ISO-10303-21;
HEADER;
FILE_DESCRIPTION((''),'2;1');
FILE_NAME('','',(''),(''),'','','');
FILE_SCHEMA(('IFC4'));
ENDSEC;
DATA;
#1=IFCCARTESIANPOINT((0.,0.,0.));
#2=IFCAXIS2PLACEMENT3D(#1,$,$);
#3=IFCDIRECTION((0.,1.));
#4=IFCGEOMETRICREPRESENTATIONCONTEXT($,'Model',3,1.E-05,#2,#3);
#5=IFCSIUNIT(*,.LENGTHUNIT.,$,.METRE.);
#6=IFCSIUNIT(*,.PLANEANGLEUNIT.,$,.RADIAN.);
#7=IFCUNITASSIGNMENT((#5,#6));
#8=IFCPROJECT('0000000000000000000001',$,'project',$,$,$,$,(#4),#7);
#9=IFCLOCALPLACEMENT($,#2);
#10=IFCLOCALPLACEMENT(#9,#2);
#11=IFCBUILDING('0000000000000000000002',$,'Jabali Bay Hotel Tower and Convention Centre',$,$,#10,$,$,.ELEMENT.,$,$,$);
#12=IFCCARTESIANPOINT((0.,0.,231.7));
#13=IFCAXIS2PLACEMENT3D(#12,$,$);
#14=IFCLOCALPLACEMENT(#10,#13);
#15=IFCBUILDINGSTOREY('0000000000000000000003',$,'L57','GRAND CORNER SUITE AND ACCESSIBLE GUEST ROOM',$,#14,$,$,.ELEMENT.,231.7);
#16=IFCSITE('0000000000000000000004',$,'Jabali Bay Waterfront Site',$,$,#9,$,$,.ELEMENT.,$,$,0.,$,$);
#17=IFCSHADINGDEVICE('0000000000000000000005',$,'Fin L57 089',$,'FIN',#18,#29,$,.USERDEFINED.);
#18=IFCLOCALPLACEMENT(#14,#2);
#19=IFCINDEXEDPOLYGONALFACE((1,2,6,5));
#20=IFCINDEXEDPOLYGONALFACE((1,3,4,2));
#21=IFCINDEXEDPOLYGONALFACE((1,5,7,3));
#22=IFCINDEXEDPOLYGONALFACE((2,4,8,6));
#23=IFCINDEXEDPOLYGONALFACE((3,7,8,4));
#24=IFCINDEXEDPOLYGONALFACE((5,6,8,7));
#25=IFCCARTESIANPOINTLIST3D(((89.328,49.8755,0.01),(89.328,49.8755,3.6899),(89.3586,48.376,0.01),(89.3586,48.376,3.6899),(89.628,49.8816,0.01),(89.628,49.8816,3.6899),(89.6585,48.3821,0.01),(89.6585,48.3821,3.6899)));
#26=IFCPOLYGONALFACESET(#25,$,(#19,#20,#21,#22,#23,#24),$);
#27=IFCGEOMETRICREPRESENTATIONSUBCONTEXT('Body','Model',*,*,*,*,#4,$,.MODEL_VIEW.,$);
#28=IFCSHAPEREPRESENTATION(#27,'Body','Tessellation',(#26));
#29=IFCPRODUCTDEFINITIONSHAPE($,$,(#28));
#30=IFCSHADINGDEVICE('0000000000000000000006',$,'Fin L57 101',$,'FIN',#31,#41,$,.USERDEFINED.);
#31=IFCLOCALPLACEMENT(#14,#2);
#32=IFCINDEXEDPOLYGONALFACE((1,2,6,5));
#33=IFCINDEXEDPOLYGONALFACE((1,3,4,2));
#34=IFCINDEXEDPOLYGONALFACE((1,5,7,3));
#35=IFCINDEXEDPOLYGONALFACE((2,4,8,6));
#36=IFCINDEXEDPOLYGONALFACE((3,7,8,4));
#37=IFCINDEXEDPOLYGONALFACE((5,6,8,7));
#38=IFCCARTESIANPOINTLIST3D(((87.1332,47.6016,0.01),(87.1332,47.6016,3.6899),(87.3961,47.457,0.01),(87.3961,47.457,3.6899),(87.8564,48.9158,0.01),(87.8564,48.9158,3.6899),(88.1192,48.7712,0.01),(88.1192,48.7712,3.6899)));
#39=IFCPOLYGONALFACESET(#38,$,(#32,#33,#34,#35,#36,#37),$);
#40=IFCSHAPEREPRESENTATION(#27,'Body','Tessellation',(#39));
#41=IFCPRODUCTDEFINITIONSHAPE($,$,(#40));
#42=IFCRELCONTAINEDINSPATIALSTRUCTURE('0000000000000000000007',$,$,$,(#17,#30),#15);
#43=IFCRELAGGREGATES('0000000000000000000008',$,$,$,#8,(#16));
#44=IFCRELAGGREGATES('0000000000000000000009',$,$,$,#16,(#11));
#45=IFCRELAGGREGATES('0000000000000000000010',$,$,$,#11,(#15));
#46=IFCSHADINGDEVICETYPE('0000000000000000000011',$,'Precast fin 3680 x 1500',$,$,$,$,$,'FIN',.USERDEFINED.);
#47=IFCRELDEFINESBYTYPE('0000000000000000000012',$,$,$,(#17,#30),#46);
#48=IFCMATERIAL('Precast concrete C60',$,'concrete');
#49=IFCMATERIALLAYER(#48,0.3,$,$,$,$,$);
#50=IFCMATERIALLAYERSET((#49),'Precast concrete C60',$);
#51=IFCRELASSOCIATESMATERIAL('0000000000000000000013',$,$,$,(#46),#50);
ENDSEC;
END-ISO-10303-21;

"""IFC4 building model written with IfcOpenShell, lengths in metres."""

from ifc_helpers import new_model, si_unit, direction, frame, frame_2d, origin, place, context, subcontext, project, spatial, rectangle, extrude, material, layer, layer_set, type_object, element, save


model = new_model("IFC4")

# Units and contexts
model_context = context("Model", 3, precision=1e-05, world=origin(), true_north=direction((0.0, 1.0)))
body_context = subcontext(model_context, "Body", "Model", "MODEL_VIEW")
ifc_project = project(units=[si_unit("LENGTHUNIT", "METRE"), si_unit("PLANEANGLEUNIT", "RADIAN")], contexts=[model_context])

# Site, building, storey
site_placement = place(None, origin())
site = spatial("IfcSite", under=ifc_project, at=site_placement, Name="Jabali Bay Waterfront Site", CompositionType="ELEMENT", RefElevation=0.0)
building_placement = place(site_placement, origin())
building = spatial("IfcBuilding", under=site, at=building_placement, Name="Jabali Bay Hotel Tower and Convention Centre", CompositionType="ELEMENT")
storey_placement = place(building_placement, frame((0.0, 0.0, 231.7)))
storey = spatial("IfcBuildingStorey", under=building, at=storey_placement, Name="L57", Description="GRAND CORNER SUITE AND ACCESSIBLE GUEST ROOM", CompositionType="ELEMENT", Elevation=231.7)

# Shading devices
ifc_material_1 = material(Name="Precast concrete C60", Category="concrete")
ifc_layer_1 = layer(ifc_material_1, 0.3)
ifc_layer_set_1 = layer_set([ifc_layer_1], Name="Precast concrete C60")
shading_device_type_1 = type_object("IfcShadingDeviceType", Name="Precast fin 3680 x 1500", ElementType="FIN", PredefinedType="USERDEFINED", material=ifc_layer_set_1)
shading_device_1_placement = place(storey_placement, frame((89.478, 49.8787, 0.01), z_axis=(0.0, 0.0, 1.0), x_axis=(0.020347, -0.999793, 0.0)))
element("IfcShadingDevice", 1, at=shading_device_1_placement, inside=storey, type_object=shading_device_type_1, Name="Fin L57 089", ObjectType="FIN", PredefinedType="USERDEFINED", context=body_context, shape_type="SweptSolid", body=[
    extrude(rectangle(XDim=1.4998, YDim=0.3, at=frame_2d((0.75, 0.0))), origin(), (0.0, 0.0, 1.0), 3.6799),
])
shading_device_2_placement = place(storey_placement, frame((87.9878, 48.8435, 0.01), z_axis=(0.0, 0.0, 1.0), x_axis=(-0.482087, -0.876123, 0.0)))
element("IfcShadingDevice", 2, at=shading_device_2_placement, inside=storey, type_object=shading_device_type_1, Name="Fin L57 101", ObjectType="FIN", PredefinedType="USERDEFINED", context=body_context, shape_type="SweptSolid", body=[
    extrude(rectangle(XDim=1.5, YDim=0.3, at=frame_2d((0.75, 0.0))), origin(), (0.0, 0.0, 1.0), 3.6799),
])

save(model, "model.ifc")
